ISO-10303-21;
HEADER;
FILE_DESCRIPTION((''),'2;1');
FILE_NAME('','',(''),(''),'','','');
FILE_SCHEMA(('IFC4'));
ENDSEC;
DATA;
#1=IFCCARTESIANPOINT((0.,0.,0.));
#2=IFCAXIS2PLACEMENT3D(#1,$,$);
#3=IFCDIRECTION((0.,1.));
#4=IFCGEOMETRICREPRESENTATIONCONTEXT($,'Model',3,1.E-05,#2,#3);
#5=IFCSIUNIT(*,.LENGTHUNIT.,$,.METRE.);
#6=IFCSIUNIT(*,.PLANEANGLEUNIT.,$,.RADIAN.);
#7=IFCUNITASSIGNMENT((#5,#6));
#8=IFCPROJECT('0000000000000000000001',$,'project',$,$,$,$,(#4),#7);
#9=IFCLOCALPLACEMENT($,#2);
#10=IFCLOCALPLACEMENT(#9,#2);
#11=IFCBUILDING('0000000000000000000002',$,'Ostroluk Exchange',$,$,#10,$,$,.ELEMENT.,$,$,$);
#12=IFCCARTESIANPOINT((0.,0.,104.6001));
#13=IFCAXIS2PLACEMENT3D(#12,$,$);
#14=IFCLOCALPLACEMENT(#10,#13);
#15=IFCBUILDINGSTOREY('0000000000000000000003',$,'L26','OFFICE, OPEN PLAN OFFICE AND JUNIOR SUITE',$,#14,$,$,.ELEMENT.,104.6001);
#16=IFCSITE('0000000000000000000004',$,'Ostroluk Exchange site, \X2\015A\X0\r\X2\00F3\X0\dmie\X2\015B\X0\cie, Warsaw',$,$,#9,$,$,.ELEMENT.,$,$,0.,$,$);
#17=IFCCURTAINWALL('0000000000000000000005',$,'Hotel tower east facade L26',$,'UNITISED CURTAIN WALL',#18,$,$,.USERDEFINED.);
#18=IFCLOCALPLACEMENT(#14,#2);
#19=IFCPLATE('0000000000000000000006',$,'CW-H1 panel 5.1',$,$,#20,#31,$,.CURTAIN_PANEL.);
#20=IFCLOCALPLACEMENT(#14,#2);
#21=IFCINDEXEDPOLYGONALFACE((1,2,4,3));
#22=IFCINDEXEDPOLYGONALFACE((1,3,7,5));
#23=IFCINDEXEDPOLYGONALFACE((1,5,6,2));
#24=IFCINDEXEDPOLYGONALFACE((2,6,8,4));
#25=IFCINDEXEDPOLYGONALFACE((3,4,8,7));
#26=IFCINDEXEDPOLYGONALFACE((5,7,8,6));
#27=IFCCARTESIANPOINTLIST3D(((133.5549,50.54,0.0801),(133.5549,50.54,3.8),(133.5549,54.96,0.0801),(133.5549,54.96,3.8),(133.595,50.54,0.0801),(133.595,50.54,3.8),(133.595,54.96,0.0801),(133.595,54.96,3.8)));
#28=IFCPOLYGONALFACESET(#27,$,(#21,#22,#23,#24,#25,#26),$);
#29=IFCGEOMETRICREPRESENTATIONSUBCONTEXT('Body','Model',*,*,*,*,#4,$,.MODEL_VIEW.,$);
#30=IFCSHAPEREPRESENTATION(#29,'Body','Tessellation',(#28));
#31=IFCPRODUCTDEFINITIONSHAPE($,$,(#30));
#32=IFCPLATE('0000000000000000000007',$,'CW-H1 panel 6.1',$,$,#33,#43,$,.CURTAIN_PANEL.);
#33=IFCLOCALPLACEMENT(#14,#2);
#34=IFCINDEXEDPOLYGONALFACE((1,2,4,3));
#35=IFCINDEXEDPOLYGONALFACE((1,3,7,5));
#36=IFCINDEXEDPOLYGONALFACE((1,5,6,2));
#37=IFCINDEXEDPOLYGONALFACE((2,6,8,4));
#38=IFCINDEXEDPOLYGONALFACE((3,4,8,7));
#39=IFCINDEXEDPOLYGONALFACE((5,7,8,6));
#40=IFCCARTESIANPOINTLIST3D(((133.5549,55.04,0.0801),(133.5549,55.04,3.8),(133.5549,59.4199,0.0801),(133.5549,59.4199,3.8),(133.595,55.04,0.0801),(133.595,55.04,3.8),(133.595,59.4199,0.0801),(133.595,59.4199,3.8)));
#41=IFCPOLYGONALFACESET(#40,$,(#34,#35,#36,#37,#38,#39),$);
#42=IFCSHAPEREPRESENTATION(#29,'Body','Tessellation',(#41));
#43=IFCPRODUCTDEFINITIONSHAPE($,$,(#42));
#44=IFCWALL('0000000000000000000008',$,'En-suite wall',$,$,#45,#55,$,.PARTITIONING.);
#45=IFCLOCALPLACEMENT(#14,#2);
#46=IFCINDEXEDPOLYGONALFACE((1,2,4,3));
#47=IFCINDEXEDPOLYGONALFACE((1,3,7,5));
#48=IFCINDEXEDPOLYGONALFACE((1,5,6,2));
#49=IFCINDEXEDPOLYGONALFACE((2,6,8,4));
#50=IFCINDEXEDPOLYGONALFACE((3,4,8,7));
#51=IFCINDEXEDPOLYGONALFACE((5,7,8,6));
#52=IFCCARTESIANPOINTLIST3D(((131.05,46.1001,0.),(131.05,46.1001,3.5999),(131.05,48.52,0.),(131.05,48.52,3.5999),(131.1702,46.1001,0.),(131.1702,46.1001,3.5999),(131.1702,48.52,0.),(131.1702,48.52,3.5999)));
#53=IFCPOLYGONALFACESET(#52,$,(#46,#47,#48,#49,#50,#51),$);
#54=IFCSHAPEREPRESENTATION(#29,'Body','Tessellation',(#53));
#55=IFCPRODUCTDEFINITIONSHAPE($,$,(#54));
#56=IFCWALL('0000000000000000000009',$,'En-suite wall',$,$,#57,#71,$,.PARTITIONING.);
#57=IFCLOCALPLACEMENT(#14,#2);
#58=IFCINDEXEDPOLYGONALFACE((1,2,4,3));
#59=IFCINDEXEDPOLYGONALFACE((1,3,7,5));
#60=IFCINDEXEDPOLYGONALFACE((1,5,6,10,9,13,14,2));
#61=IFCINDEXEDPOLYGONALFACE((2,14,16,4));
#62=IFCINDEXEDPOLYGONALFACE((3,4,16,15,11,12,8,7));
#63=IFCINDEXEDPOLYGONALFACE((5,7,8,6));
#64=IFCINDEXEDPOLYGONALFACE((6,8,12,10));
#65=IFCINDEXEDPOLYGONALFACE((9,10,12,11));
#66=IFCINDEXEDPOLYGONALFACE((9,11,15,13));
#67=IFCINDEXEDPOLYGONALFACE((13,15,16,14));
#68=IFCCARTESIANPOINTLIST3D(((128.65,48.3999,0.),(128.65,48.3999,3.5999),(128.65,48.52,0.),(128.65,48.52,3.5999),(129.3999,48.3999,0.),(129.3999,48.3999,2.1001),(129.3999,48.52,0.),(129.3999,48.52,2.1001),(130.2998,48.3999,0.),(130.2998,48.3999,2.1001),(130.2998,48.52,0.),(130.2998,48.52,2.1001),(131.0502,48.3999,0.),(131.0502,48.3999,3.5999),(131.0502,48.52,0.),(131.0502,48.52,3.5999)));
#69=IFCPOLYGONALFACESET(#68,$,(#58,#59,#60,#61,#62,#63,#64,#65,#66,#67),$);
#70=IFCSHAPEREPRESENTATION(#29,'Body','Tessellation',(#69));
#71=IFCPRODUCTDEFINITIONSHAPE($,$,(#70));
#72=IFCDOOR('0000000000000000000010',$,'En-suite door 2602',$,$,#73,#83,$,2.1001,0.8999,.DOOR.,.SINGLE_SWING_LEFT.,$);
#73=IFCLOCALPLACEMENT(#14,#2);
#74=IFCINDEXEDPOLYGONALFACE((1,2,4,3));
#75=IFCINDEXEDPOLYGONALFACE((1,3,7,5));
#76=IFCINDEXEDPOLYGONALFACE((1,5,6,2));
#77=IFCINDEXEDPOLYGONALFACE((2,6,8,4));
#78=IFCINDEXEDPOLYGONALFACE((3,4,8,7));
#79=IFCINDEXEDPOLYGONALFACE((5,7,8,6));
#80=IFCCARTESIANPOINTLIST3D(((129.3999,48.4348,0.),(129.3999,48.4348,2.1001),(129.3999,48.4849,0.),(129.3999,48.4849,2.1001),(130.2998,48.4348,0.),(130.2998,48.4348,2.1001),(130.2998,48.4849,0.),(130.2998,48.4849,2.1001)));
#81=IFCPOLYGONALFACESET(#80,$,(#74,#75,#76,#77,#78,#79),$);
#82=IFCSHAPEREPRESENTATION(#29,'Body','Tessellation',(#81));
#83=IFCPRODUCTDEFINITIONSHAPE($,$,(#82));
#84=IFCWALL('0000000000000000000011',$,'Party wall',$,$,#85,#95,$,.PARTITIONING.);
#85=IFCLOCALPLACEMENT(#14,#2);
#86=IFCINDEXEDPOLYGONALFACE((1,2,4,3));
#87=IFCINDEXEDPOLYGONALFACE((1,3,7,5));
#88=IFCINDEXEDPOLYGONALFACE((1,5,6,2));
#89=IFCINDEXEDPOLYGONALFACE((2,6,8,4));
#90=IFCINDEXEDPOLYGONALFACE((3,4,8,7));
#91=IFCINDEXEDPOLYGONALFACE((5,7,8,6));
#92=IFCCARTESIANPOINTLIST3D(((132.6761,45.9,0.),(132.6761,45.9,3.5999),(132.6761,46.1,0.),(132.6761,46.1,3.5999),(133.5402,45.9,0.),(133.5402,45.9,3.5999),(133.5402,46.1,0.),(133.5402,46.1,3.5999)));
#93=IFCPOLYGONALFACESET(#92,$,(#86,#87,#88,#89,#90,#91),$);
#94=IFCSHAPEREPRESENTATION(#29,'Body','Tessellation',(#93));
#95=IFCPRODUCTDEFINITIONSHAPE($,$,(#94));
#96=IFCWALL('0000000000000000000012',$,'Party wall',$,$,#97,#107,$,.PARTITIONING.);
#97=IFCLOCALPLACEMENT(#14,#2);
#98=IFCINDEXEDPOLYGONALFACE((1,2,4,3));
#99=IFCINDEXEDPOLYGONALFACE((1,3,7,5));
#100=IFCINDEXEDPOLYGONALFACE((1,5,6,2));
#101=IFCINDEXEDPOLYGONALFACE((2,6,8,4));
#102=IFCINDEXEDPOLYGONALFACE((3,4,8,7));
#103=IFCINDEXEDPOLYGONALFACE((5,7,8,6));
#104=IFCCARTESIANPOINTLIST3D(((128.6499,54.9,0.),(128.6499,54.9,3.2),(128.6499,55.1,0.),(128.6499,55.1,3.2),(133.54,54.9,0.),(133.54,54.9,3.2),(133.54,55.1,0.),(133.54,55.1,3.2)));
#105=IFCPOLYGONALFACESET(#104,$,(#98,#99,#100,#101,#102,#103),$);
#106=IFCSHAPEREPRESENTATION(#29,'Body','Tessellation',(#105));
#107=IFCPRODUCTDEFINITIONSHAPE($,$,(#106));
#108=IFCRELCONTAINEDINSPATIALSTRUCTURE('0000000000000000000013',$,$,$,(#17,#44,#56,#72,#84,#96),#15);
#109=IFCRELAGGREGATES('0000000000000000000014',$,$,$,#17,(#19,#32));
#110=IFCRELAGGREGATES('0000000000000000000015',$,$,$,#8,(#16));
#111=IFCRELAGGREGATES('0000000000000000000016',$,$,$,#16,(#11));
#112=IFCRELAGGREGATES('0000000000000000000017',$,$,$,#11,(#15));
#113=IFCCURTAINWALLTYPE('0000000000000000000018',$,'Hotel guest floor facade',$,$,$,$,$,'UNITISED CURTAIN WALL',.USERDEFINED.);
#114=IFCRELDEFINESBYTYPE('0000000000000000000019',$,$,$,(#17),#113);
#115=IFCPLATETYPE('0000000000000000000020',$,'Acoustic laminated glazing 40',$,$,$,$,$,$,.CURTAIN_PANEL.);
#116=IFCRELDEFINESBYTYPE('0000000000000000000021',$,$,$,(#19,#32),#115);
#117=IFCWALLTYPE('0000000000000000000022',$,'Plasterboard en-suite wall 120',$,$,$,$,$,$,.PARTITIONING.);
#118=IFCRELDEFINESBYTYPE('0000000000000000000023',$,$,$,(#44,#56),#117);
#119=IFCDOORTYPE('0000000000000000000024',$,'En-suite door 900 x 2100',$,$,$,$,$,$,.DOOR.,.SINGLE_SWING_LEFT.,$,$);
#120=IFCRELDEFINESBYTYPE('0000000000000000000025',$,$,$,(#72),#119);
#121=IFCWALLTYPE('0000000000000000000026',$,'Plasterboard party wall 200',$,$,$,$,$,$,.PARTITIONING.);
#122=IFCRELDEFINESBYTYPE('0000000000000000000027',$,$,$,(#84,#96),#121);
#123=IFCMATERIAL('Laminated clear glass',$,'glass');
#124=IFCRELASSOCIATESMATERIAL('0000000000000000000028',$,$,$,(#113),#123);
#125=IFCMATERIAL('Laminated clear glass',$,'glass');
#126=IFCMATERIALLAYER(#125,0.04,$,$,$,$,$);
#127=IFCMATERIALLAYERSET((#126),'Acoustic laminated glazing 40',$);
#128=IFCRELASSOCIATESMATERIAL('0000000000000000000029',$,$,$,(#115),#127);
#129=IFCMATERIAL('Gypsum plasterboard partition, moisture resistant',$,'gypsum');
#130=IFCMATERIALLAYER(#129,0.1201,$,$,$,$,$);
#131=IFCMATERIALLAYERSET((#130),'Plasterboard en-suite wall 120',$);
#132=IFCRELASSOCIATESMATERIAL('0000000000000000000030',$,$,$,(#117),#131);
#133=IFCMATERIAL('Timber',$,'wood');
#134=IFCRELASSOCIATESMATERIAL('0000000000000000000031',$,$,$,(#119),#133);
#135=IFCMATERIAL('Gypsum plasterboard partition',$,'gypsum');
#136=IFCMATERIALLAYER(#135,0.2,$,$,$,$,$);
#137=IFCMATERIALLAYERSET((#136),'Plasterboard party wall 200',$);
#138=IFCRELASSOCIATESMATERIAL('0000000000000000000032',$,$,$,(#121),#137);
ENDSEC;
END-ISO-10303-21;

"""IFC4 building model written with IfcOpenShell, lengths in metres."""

from ifc_helpers import new_model, si_unit, direction, frame, frame_2d, origin, origin_2d, place, context, subcontext, project, spatial, rectangle, extrude, material, layer, layer_set, type_object, element, fill, aggregate, save


model = new_model("IFC4")

# Units and contexts
model_context = context("Model", 3, precision=1e-05, world=origin(), true_north=direction((0.0, 1.0)))
body_context = subcontext(model_context, "Body", "Model", "MODEL_VIEW")
ifc_project = project(units=[si_unit("LENGTHUNIT", "METRE"), si_unit("PLANEANGLEUNIT", "RADIAN")], contexts=[model_context])

# Site, building, storey
site_placement = place(None, origin())
site = spatial("IfcSite", under=ifc_project, at=site_placement, Name="Ostroluk Exchange site, Śródmieście, Warsaw", CompositionType="ELEMENT", RefElevation=0.0)
building_placement = place(site_placement, origin())
building = spatial("IfcBuilding", under=site, at=building_placement, Name="Ostroluk Exchange", CompositionType="ELEMENT")
storey_placement = place(building_placement, frame((0.0, 0.0, 104.6001)))
storey = spatial("IfcBuildingStorey", under=building, at=storey_placement, Name="L26", Description="OFFICE, OPEN PLAN OFFICE AND JUNIOR SUITE", CompositionType="ELEMENT", Elevation=104.6001)

# Curtain wall, plates
ifc_material_1 = material(Name="Laminated clear glass", Category="glass")
curtain_wall_type = type_object("IfcCurtainWallType", Name="Hotel guest floor facade", ElementType="UNITISED CURTAIN WALL", PredefinedType="USERDEFINED", material=ifc_material_1)
curtain_wall_placement = place(storey_placement, origin())
curtain_wall = element("IfcCurtainWall", 1, at=curtain_wall_placement, inside=storey, type_object=curtain_wall_type, Name="Hotel tower east facade L26", ObjectType="UNITISED CURTAIN WALL", PredefinedType="USERDEFINED")
ifc_material_2 = material(Name="Laminated clear glass", Category="glass")
ifc_layer_1 = layer(ifc_material_2, 0.04)
ifc_layer_set_1 = layer_set([ifc_layer_1], Name="Acoustic laminated glazing 40")
plate_type = type_object("IfcPlateType", Name="Acoustic laminated glazing 40", PredefinedType="CURTAIN_PANEL", material=ifc_layer_set_1)
plate_1_placement = place(storey_placement, frame((133.575, 52.75, 0.0801), z_axis=(0.0, 0.0, 1.0), x_axis=(0.0, 1.0, 0.0)))
plate_1 = element("IfcPlate", 2, at=plate_1_placement, type_object=plate_type, Name="CW-H1 panel 5.1", PredefinedType="CURTAIN_PANEL", context=body_context, shape_type="SweptSolid", body=[
    extrude(rectangle(XDim=4.4199, YDim=0.04, at=origin_2d()), origin(), (0.0, 0.0, 1.0), 3.72),
])
plate_2_placement = place(storey_placement, frame((133.575, 57.23, 0.0801), z_axis=(0.0, 0.0, 1.0), x_axis=(0.0, 1.0, 0.0)))
plate_2 = element("IfcPlate", 3, at=plate_2_placement, type_object=plate_type, Name="CW-H1 panel 6.1", PredefinedType="CURTAIN_PANEL", context=body_context, shape_type="SweptSolid", body=[
    extrude(rectangle(XDim=4.3799, YDim=0.04, at=origin_2d()), origin(), (0.0, 0.0, 1.0), 3.72),
])
aggregate(curtain_wall, [plate_1, plate_2])

# Wall
ifc_material_3 = material(Name="Gypsum plasterboard partition, moisture resistant", Category="gypsum")
ifc_layer_2 = layer(ifc_material_3, 0.1201)
ifc_layer_set_2 = layer_set([ifc_layer_2], Name="Plasterboard en-suite wall 120")
wall_type_1 = type_object("IfcWallType", Name="Plasterboard en-suite wall 120", PredefinedType="PARTITIONING", material=ifc_layer_set_2)
wall_1_placement = place(storey_placement, frame((131.1101, 46.1001, 0.0), z_axis=(0.0, 0.0, 1.0), x_axis=(0.0, 1.0, 0.0)))
element("IfcWall", 4, at=wall_1_placement, inside=storey, type_object=wall_type_1, Name="En-suite wall", PredefinedType="PARTITIONING", context=body_context, shape_type="SweptSolid", body=[
    extrude(rectangle(XDim=2.4199, YDim=0.1201, at=frame_2d((1.21, 0.0))), origin(), (0.0, 0.0, 1.0), 3.5999),
])

# Wall, opening, door
wall_2_placement = place(storey_placement, frame((128.6499, 48.46, 0.0), z_axis=(0.0, 0.0, 1.0), x_axis=(1.0, 0.0, 0.0)))
wall_2 = element("IfcWall", 5, at=wall_2_placement, inside=storey, type_object=wall_type_1, Name="En-suite wall", PredefinedType="PARTITIONING", context=body_context, shape_type="SweptSolid", body=[
    extrude(rectangle(XDim=2.4001, YDim=0.1201, at=frame_2d((1.2002, 0.0))), origin(), (0.0, 0.0, 1.0), 3.5999),
])
opening_placement = place(wall_2_placement, frame((0.75, 0.0, 0.0)))
opening = element("IfcOpeningElement", 6, at=opening_placement, cuts=wall_2, PredefinedType="OPENING", context=body_context, shape_type="SweptSolid", body=[
    extrude(rectangle(XDim=0.8999, YDim=2.1001, at=frame_2d((0.45, 1.05))), frame((0.0, 0.0701, 0.0), z_axis=(0.0, -1.0, 0.0), x_axis=(1.0, 0.0, 0.0)), (0.0, 0.0, 1.0), 0.1401),
])
ifc_material_4 = material(Name="Timber", Category="wood")
door_type = type_object("IfcDoorType", Name="En-suite door 900 x 2100", OperationType="SINGLE_SWING_LEFT", PredefinedType="DOOR", material=ifc_material_4)
door_placement = place(opening_placement, origin())
door = element("IfcDoor", 7, at=door_placement, inside=storey, type_object=door_type, Name="En-suite door 2602", OperationType="SINGLE_SWING_LEFT", OverallHeight=2.1001, OverallWidth=0.8999, PredefinedType="DOOR", context=body_context, shape_type="SweptSolid", body=[
    extrude(rectangle(XDim=0.8999, YDim=2.1001, at=frame_2d((0.45, 1.05))), frame((0.0, 0.0249, 0.0), z_axis=(0.0, -1.0, 0.0), x_axis=(1.0, 0.0, 0.0)), (0.0, 0.0, 1.0), 0.05),
])
fill(opening, door)

# Walls
ifc_material_5 = material(Name="Gypsum plasterboard partition", Category="gypsum")
ifc_layer_3 = layer(ifc_material_5, 0.2)
ifc_layer_set_3 = layer_set([ifc_layer_3], Name="Plasterboard party wall 200")
wall_type_2 = type_object("IfcWallType", Name="Plasterboard party wall 200", PredefinedType="PARTITIONING", material=ifc_layer_set_3)
wall_3_placement = place(storey_placement, frame((132.676, 46.0, 0.0), z_axis=(0.0, 0.0, 1.0), x_axis=(1.0, 0.0, 0.0)))
element("IfcWall", 8, at=wall_3_placement, inside=storey, type_object=wall_type_2, Name="Party wall", PredefinedType="PARTITIONING", context=body_context, shape_type="SweptSolid", body=[
    extrude(rectangle(XDim=0.864, YDim=0.2, at=frame_2d((0.4321, 0.0))), origin(), (0.0, 0.0, 1.0), 3.5999),
])
wall_4_placement = place(storey_placement, frame((128.6499, 55.0, 0.0), z_axis=(0.0, 0.0, 1.0), x_axis=(1.0, 0.0, 0.0)))
element("IfcWall", 9, at=wall_4_placement, inside=storey, type_object=wall_type_2, Name="Party wall", PredefinedType="PARTITIONING", context=body_context, shape_type="SweptSolid", body=[
    extrude(rectangle(XDim=4.8901, YDim=0.2, at=frame_2d((2.4451, 0.0))), origin(), (0.0, 0.0, 1.0), 3.2),
])

save(model, "model.ifc")
